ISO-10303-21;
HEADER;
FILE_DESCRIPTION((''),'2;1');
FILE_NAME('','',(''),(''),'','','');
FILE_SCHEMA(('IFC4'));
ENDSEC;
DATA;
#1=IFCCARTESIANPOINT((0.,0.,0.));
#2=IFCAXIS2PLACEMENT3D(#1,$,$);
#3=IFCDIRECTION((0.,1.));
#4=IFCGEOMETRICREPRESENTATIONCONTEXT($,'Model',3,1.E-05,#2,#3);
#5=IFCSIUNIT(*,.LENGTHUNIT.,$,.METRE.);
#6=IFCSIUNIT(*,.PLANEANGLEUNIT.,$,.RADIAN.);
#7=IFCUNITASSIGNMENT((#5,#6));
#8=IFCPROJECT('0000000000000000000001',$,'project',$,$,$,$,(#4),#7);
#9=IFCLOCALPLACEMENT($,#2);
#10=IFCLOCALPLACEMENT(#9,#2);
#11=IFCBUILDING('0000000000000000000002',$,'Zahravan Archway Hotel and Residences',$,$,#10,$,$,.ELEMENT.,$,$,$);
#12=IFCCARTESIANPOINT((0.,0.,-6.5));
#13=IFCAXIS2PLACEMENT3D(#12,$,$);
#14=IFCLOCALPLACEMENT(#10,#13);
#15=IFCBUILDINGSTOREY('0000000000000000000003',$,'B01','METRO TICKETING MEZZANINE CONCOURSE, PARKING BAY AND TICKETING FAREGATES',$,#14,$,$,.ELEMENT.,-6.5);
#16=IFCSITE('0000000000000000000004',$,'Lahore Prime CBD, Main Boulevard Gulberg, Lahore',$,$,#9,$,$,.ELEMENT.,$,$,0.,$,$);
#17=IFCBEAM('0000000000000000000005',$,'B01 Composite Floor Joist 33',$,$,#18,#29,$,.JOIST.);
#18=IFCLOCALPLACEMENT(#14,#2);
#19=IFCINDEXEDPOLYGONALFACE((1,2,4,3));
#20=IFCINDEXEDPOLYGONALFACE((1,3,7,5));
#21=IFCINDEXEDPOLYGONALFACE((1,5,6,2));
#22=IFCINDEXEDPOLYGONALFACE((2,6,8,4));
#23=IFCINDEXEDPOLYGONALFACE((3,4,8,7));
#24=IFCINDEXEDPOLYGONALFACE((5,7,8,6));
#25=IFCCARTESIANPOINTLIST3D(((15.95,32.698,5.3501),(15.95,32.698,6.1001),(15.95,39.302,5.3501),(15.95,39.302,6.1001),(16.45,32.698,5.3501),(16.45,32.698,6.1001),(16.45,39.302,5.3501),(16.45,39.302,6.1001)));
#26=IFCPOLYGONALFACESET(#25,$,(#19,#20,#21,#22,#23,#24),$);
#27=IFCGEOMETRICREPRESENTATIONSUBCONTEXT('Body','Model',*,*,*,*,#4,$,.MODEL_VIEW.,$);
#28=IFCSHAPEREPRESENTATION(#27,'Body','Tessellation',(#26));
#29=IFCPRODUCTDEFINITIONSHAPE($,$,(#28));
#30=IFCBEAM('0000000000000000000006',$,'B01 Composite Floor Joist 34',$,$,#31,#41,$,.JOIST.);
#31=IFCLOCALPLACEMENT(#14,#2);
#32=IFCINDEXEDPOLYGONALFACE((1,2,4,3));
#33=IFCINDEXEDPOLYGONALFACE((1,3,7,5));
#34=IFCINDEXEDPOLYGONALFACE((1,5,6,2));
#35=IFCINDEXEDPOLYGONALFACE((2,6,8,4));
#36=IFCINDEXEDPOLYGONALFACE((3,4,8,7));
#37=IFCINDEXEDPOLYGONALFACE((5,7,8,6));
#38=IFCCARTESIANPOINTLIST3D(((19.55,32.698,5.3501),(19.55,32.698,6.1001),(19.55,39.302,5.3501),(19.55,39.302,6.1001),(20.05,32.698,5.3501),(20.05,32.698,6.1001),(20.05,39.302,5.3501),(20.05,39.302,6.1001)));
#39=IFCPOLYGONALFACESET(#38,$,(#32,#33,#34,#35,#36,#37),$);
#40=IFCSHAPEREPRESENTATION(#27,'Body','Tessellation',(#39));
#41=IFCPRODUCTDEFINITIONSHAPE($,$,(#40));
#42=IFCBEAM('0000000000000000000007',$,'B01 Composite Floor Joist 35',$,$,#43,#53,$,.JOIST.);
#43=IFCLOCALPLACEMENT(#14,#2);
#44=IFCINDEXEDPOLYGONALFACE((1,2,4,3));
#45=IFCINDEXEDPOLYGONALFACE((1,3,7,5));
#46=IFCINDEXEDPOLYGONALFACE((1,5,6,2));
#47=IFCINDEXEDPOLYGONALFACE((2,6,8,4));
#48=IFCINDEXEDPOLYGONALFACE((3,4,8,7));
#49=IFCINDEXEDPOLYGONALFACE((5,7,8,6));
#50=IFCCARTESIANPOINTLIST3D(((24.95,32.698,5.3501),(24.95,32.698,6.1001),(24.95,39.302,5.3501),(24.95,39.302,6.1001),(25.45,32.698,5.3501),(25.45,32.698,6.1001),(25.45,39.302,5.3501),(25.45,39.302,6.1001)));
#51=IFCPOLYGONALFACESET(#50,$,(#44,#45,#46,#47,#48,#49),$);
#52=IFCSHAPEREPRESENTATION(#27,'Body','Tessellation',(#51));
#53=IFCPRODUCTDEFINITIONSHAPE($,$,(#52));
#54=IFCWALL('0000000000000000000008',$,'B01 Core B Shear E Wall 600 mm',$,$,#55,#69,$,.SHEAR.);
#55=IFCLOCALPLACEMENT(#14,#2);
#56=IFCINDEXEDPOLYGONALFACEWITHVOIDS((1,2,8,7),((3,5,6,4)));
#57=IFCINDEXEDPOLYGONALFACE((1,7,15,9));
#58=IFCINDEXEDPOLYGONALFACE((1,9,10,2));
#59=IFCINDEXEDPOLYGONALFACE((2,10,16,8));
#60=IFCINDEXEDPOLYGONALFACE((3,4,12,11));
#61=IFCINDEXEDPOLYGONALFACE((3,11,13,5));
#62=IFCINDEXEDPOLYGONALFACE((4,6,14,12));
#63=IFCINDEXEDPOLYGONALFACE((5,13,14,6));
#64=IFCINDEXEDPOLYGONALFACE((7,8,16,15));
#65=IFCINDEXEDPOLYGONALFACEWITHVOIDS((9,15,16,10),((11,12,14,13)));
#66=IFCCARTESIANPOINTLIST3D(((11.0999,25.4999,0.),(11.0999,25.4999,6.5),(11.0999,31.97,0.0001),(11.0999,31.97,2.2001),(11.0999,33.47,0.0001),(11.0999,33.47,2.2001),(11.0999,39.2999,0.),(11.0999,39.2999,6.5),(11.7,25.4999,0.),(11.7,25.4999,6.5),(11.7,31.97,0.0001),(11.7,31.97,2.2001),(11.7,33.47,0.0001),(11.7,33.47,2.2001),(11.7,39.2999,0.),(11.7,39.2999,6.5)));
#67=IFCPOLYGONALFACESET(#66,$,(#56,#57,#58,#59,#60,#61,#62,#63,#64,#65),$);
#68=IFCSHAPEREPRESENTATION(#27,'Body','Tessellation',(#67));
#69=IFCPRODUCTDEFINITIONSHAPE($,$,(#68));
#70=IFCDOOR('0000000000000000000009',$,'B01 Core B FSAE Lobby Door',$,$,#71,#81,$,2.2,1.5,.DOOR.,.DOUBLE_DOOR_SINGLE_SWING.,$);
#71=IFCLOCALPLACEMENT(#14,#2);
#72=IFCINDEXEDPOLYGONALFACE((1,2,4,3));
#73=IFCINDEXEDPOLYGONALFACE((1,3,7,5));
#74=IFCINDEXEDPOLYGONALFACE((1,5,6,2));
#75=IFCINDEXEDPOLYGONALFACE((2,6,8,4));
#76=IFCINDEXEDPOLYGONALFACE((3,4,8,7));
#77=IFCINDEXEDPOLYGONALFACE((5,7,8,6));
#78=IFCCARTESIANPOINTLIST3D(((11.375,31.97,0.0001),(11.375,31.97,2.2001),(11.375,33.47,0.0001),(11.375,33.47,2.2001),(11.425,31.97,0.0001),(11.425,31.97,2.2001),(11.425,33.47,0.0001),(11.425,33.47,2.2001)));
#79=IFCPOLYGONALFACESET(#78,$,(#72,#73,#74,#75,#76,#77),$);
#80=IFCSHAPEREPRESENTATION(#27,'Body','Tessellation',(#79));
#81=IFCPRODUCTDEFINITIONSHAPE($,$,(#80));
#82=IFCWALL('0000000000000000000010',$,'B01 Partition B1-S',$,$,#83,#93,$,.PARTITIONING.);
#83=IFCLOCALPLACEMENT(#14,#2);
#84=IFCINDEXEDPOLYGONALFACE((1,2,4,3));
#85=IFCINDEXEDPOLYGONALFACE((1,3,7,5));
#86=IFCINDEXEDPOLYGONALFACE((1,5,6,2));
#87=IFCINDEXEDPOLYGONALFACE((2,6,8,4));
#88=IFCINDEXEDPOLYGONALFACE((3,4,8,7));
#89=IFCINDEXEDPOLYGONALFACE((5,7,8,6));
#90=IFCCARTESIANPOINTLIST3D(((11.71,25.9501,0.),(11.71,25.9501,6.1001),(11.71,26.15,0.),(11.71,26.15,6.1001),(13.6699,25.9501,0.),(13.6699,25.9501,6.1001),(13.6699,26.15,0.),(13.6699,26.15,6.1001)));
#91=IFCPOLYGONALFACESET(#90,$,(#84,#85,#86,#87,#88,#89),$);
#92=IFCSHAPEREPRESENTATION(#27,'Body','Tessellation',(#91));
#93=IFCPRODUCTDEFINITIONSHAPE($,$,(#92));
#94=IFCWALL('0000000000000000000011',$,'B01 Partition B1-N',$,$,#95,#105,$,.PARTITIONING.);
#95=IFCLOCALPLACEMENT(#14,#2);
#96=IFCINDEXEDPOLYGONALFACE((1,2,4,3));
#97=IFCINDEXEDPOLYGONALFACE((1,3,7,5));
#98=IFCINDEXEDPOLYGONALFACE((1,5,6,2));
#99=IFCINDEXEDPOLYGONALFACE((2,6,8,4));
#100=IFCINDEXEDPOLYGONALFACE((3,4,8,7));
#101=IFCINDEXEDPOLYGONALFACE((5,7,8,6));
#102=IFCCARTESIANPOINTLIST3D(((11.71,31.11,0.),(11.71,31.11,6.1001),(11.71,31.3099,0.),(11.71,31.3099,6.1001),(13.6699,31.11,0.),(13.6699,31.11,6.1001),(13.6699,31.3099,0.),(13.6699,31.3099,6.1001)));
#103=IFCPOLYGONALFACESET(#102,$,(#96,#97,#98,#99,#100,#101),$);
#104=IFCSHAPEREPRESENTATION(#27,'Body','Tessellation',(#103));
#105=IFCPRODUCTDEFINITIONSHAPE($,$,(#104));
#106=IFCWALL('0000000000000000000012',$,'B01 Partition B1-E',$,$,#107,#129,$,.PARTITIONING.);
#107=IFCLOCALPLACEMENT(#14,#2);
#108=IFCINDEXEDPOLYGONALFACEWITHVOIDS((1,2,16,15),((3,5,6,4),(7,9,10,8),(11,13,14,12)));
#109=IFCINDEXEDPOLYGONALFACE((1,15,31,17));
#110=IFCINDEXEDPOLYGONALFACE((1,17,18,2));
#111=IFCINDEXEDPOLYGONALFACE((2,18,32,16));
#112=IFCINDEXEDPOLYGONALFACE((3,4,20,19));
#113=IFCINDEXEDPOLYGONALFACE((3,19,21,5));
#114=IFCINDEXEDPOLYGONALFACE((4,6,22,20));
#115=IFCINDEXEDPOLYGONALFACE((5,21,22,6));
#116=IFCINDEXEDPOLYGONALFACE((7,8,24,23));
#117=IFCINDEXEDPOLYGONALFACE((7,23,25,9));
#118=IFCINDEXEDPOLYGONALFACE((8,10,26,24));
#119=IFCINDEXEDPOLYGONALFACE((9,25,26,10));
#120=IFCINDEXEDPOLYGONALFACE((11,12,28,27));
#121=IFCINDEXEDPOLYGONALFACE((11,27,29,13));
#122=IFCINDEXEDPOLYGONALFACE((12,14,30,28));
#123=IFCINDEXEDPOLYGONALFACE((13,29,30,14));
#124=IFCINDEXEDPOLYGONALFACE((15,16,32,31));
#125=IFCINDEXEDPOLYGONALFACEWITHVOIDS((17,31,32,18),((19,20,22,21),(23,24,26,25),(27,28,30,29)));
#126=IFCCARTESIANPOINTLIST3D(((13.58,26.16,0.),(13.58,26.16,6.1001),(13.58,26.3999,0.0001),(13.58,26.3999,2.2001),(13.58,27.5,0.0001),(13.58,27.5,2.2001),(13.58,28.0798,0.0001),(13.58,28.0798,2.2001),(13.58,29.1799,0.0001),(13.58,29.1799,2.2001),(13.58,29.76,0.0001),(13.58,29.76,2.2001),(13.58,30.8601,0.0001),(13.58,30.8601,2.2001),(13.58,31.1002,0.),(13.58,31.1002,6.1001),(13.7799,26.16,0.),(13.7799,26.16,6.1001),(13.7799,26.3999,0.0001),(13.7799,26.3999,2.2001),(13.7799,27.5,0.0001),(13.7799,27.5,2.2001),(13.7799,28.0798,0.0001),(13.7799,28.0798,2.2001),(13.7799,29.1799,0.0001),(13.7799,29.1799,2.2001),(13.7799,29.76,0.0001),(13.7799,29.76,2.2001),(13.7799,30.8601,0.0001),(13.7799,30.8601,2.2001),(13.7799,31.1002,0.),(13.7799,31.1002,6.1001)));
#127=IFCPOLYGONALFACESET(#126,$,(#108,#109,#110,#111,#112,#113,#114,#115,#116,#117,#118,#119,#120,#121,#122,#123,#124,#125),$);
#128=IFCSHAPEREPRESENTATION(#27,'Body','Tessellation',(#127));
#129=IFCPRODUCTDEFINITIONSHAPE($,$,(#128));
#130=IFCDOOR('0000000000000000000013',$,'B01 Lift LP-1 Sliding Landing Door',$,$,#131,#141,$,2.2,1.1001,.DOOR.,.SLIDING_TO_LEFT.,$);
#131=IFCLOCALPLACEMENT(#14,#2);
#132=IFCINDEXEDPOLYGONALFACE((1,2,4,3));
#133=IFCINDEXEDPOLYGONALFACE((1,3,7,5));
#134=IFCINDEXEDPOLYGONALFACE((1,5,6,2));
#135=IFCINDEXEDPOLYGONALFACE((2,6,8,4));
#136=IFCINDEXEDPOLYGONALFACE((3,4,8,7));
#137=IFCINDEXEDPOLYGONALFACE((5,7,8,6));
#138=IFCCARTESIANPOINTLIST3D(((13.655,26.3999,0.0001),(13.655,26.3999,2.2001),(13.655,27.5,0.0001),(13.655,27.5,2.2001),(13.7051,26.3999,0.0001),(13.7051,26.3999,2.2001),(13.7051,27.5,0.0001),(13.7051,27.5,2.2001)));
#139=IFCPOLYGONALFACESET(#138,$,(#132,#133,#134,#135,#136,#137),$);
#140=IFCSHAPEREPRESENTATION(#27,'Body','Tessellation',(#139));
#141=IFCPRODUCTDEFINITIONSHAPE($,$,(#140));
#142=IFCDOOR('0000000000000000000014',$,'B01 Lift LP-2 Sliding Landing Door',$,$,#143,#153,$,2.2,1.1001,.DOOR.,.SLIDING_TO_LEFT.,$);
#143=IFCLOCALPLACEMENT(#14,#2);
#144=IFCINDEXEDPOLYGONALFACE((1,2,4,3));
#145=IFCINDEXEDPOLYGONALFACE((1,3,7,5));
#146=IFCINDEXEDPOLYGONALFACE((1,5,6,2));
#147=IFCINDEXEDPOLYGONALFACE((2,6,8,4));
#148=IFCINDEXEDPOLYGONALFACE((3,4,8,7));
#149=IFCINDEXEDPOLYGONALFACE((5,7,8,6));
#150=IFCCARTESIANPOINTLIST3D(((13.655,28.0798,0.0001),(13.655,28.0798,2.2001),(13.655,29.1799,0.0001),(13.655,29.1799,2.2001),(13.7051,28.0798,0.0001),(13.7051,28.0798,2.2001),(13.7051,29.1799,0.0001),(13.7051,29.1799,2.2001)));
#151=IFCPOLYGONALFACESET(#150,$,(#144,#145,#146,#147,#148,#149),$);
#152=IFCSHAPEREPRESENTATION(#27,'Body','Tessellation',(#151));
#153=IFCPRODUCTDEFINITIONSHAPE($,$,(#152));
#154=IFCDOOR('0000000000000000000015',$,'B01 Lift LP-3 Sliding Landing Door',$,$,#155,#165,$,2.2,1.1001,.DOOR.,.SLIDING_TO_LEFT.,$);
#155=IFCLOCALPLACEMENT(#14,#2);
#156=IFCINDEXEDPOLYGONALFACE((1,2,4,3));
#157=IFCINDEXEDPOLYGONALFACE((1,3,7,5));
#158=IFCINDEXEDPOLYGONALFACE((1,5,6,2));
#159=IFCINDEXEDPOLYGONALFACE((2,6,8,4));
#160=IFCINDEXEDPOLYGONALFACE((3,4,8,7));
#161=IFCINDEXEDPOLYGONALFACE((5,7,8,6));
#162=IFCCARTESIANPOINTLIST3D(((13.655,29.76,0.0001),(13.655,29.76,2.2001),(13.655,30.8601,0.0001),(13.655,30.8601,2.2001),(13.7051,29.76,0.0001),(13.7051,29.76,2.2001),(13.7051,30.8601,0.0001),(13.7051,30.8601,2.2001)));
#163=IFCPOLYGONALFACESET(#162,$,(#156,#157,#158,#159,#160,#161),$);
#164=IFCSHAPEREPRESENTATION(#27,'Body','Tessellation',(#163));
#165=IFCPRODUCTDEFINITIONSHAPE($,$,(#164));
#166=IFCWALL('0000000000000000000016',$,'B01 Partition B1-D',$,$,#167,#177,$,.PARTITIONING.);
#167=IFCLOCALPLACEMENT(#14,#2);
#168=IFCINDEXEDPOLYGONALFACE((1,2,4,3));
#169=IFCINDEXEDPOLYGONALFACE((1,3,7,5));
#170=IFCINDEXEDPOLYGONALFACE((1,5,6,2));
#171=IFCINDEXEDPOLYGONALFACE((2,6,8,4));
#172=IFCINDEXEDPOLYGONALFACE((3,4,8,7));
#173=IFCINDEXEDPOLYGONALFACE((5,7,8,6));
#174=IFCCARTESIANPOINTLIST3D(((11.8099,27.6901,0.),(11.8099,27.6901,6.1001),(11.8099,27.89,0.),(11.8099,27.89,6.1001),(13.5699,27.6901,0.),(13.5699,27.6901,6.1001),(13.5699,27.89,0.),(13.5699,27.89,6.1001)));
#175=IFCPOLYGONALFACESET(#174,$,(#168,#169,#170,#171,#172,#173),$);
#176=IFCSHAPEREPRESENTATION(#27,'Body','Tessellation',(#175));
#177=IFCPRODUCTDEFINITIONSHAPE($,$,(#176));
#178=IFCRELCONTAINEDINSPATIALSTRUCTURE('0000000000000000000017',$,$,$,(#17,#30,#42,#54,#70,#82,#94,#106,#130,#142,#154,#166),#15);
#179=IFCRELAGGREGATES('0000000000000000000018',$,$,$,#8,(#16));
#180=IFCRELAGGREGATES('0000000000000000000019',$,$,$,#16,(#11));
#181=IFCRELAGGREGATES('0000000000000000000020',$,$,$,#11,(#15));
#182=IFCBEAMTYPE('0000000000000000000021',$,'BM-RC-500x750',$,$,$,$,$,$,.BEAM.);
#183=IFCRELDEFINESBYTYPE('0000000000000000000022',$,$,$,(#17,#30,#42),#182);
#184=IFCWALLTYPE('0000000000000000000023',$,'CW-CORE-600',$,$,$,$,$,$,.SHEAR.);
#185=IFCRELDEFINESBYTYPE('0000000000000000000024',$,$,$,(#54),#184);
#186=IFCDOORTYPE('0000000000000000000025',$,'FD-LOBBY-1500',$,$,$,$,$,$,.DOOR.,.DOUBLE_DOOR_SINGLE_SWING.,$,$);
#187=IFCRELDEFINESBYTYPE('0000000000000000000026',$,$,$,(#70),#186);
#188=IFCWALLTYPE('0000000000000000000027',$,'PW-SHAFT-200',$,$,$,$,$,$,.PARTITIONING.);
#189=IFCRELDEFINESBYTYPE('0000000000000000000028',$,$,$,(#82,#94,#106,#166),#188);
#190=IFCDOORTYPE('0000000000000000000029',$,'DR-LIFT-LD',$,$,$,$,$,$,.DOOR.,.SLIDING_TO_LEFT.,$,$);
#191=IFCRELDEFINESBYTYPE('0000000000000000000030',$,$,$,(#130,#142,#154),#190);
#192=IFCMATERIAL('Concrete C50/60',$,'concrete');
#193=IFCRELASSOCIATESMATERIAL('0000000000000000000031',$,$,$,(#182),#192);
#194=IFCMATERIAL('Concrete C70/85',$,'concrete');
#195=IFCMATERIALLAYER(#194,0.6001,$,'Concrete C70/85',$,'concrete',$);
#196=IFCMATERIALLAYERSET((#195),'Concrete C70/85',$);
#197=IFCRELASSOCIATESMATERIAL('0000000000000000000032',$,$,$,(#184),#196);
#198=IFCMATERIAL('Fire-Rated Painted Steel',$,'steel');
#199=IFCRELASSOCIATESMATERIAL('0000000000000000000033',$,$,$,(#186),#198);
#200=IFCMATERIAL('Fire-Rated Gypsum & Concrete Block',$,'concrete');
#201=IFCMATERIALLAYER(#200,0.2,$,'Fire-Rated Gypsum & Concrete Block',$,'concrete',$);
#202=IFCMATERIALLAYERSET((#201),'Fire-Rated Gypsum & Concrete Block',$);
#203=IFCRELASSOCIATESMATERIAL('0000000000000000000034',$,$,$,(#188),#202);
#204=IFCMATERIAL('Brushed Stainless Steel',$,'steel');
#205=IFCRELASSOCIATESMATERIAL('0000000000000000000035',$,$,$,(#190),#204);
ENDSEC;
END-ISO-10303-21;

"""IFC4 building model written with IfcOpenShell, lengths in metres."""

from ifc_helpers import new_model, si_unit, direction, frame, frame_2d, origin, origin_2d, place, context, subcontext, project, spatial, rectangle, extrude, source, transform, mapped, material, layer, layer_set, material_profile, profile_set, type_object, type_shapes, element, fill, save


model = new_model("IFC4")

# Units and contexts
model_context = context("Model", 3, precision=1e-05, world=origin(), true_north=direction((0.0, 1.0)))
body_context = subcontext(model_context, "Body", "Model", "MODEL_VIEW")
ifc_project = project(units=[si_unit("LENGTHUNIT", "METRE"), si_unit("PLANEANGLEUNIT", "RADIAN")], contexts=[model_context])

# Site, building, storey
site_placement = place(None, origin())
site = spatial("IfcSite", under=ifc_project, at=site_placement, Name="Lahore Prime CBD, Main Boulevard Gulberg, Lahore", CompositionType="ELEMENT", RefElevation=0.0)
building_placement = place(site_placement, origin())
building = spatial("IfcBuilding", under=site, at=building_placement, Name="Zahravan Archway Hotel and Residences", CompositionType="ELEMENT")
storey_placement = place(building_placement, frame((0.0, 0.0, -6.5)))
storey = spatial("IfcBuildingStorey", under=building, at=storey_placement, Name="B01", Description="METRO TICKETING MEZZANINE CONCOURSE, PARKING BAY AND TICKETING FAREGATES", CompositionType="ELEMENT", Elevation=-6.5)

# Shared definitions
ifc_material_1 = material(Name="Concrete C70/85", Category="concrete")

# Beams
ifc_material_2 = material(Name="Concrete C50/60", Category="concrete")
ifc_material_profile_1 = material_profile(ifc_material_2, rectangle(XDim=0.5, YDim=0.75, at=origin_2d()), Name="RC-BM-500x750", Category="concrete")
ifc_profile_set_1 = profile_set([ifc_material_profile_1], Name="Concrete C50/60")
beam_type_1 = type_object("IfcBeamType", Name="BM-RC-500x750", PredefinedType="BEAM", material=ifc_profile_set_1)
shared_shape_1 = source(origin(), body_context, "Body", "SweptSolid", [
    extrude(rectangle(XDim=0.5, YDim=0.75, at=origin_2d()), origin(), (0.0, 0.0, 1.0), 6.604),
])
type_shapes(beam_type_1, [shared_shape_1])
for number, where, z_axis, x_axis, name in (
    (1, (16.2, 32.698, 5.7251), (0.0, 1.0, 0.0), (-1.0, 0.0, 0.0), "B01 Composite Floor Joist 33"),
    (2, (19.8, 32.698, 5.7251), (0.0, 1.0, 0.0), (-1.0, 0.0, 0.0), "B01 Composite Floor Joist 34"),
    (3, (25.2, 32.698, 5.7251), (0.0, 1.0, 0.0), (-1.0, 0.0, 0.0), "B01 Composite Floor Joist 35"),
):
    element("IfcBeam", number, at=place(storey_placement, frame(where, z_axis=z_axis, x_axis=x_axis)), inside=storey, type_object=beam_type_1, Name=name, PredefinedType="JOIST", context=body_context, shape_type="MappedRepresentation", body=[
        mapped(shared_shape_1, transform((0.0, 0.0, 0.0), scale=1.0)),
    ])

# Wall, opening, door
ifc_layer_1 = layer(ifc_material_1, 0.6001, Name="Concrete C70/85", Category="concrete")
ifc_layer_set_1 = layer_set([ifc_layer_1], Name="Concrete C70/85")
wall_type_1 = type_object("IfcWallType", Name="CW-CORE-600", PredefinedType="SHEAR", material=ifc_layer_set_1)
wall_1_placement = place(storey_placement, frame((11.3999, 25.5, 0.0), z_axis=(0.0, 0.0, 1.0), x_axis=(0.0, 1.0, 0.0)))
wall_1 = element("IfcWall", 4, at=wall_1_placement, inside=storey, type_object=wall_type_1, Name="B01 Core B Shear E Wall 600 mm", PredefinedType="SHEAR", context=body_context, shape_type="SweptSolid", body=[
    extrude(rectangle(XDim=13.8, YDim=0.6001, at=frame_2d((6.8999, 0.0))), origin(), (0.0, 0.0, 1.0), 6.5),
])
opening_1_placement = place(wall_1_placement, frame((6.47, 0.0, 0.0)))
opening_1 = element("IfcOpeningElement", 5, at=opening_1_placement, cuts=wall_1, PredefinedType="OPENING", context=body_context, shape_type="SweptSolid", body=[
    extrude(rectangle(XDim=1.5, YDim=2.2, at=frame_2d((0.75, 1.1001))), frame((0.0, 0.3101, 0.0), z_axis=(0.0, -1.0, 0.0), x_axis=(1.0, 0.0, 0.0)), (0.0, 0.0, 1.0), 0.6201),
])
ifc_material_3 = material(Name="Fire-Rated Painted Steel", Category="steel")
door_type_1 = type_object("IfcDoorType", Name="FD-LOBBY-1500", OperationType="DOUBLE_DOOR_SINGLE_SWING", PredefinedType="DOOR", material=ifc_material_3)
shared_shape_2 = source(origin(), body_context, "Body", "SweptSolid", [
    extrude(rectangle(XDim=1.5, YDim=2.2, at=frame_2d((0.75, 1.1001))), frame((0.0, 0.0249, 0.0), z_axis=(0.0, -1.0, 0.0), x_axis=(1.0, 0.0, 0.0)), (0.0, 0.0, 1.0), 0.05),
])
type_shapes(door_type_1, [shared_shape_2])
door_1_placement = place(opening_1_placement, origin())
door_1 = element("IfcDoor", 6, at=door_1_placement, inside=storey, type_object=door_type_1, Name="B01 Core B FSAE Lobby Door", OperationType="DOUBLE_DOOR_SINGLE_SWING", OverallHeight=2.2, OverallWidth=1.5, PredefinedType="DOOR", context=body_context, shape_type="MappedRepresentation", body=[
    mapped(shared_shape_2, transform((0.0, 0.0, 0.0), scale=1.0)),
])
fill(opening_1, door_1)

# Walls
ifc_material_4 = material(Name="Fire-Rated Gypsum & Concrete Block", Category="concrete")
ifc_layer_2 = layer(ifc_material_4, 0.2, Name="Fire-Rated Gypsum & Concrete Block", Category="concrete")
ifc_layer_set_2 = layer_set([ifc_layer_2], Name="Fire-Rated Gypsum & Concrete Block")
wall_type_2 = type_object("IfcWallType", Name="PW-SHAFT-200", PredefinedType="PARTITIONING", material=ifc_layer_set_2)
for number, where, z_axis, x_axis, name in (
    (7, (11.71, 26.05, 0.0), (0.0, 0.0, 1.0), (1.0, 0.0, 0.0), "B01 Partition B1-S"),
    (8, (11.71, 31.21, 0.0), (0.0, 0.0, 1.0), (1.0, 0.0, 0.0), "B01 Partition B1-N"),
):
    element("IfcWall", number, at=place(storey_placement, frame(where, z_axis=z_axis, x_axis=x_axis)), inside=storey, type_object=wall_type_2, Name=name, PredefinedType="PARTITIONING", context=body_context, shape_type="SweptSolid", body=[
        extrude(rectangle(XDim=1.96, YDim=0.2, at=frame_2d((0.98, 0.0))), origin(), (0.0, 0.0, 1.0), 6.1001),
    ])

# Wall, openings, doors
wall_2_placement = place(storey_placement, frame((13.6799, 26.1599, 0.0), z_axis=(0.0, 0.0, 1.0), x_axis=(0.0, 1.0, 0.0)))
wall_2 = element("IfcWall", 9, at=wall_2_placement, inside=storey, type_object=wall_type_2, Name="B01 Partition B1-E", PredefinedType="PARTITIONING", context=body_context, shape_type="SweptSolid", body=[
    extrude(rectangle(XDim=4.9402, YDim=0.2, at=frame_2d((2.4702, 0.0))), origin(), (0.0, 0.0, 1.0), 6.1001),
])
opening_2_placement = place(wall_2_placement, frame((0.24, 0.0, 0.0)))
opening_2 = element("IfcOpeningElement", 10, at=opening_2_placement, cuts=wall_2, PredefinedType="OPENING", context=body_context, shape_type="SweptSolid", body=[
    extrude(rectangle(XDim=1.1001, YDim=2.2, at=frame_2d((0.55, 1.1001))), frame((0.0, 0.1099, 0.0), z_axis=(0.0, -1.0, 0.0), x_axis=(1.0, 0.0, 0.0)), (0.0, 0.0, 1.0), 0.22),
])
opening_3_placement = place(wall_2_placement, frame((1.9199, 0.0, 0.0)))
opening_3 = element("IfcOpeningElement", 11, at=opening_3_placement, cuts=wall_2, PredefinedType="OPENING", context=body_context, shape_type="SweptSolid", body=[
    extrude(rectangle(XDim=1.1001, YDim=2.2, at=frame_2d((0.55, 1.1001))), frame((0.0, 0.1099, 0.0), z_axis=(0.0, -1.0, 0.0), x_axis=(1.0, 0.0, 0.0)), (0.0, 0.0, 1.0), 0.22),
])
opening_4_placement = place(wall_2_placement, frame((3.6001, 0.0, 0.0)))
opening_4 = element("IfcOpeningElement", 12, at=opening_4_placement, cuts=wall_2, PredefinedType="OPENING", context=body_context, shape_type="SweptSolid", body=[
    extrude(rectangle(XDim=1.1001, YDim=2.2, at=frame_2d((0.55, 1.1001))), frame((0.0, 0.1099, 0.0), z_axis=(0.0, -1.0, 0.0), x_axis=(1.0, 0.0, 0.0)), (0.0, 0.0, 1.0), 0.22),
])
ifc_material_5 = material(Name="Brushed Stainless Steel", Category="steel")
door_type_2 = type_object("IfcDoorType", Name="DR-LIFT-LD", OperationType="SLIDING_TO_LEFT", PredefinedType="DOOR", material=ifc_material_5)
shared_shape_3 = source(origin(), body_context, "Body", "SweptSolid", [
    extrude(rectangle(XDim=1.1001, YDim=2.2, at=frame_2d((0.55, 1.1001))), frame((0.0, 0.0249, 0.0), z_axis=(0.0, -1.0, 0.0), x_axis=(1.0, 0.0, 0.0)), (0.0, 0.0, 1.0), 0.05),
])
type_shapes(door_type_2, [shared_shape_3])
door_2_placement = place(opening_2_placement, origin())
door_2 = element("IfcDoor", 13, at=door_2_placement, inside=storey, type_object=door_type_2, Name="B01 Lift LP-1 Sliding Landing Door", OperationType="SLIDING_TO_LEFT", OverallHeight=2.2, OverallWidth=1.1001, PredefinedType="DOOR", context=body_context, shape_type="MappedRepresentation", body=[
    mapped(shared_shape_3, transform((0.0, 0.0, 0.0), scale=1.0)),
])
fill(opening_2, door_2)
door_3_placement = place(opening_3_placement, origin())
door_3 = element("IfcDoor", 14, at=door_3_placement, inside=storey, type_object=door_type_2, Name="B01 Lift LP-2 Sliding Landing Door", OperationType="SLIDING_TO_LEFT", OverallHeight=2.2, OverallWidth=1.1001, PredefinedType="DOOR", context=body_context, shape_type="MappedRepresentation", body=[
    mapped(shared_shape_3, transform((0.0, 0.0, 0.0), scale=1.0)),
])
fill(opening_3, door_3)
door_4_placement = place(opening_4_placement, origin())
door_4 = element("IfcDoor", 15, at=door_4_placement, inside=storey, type_object=door_type_2, Name="B01 Lift LP-3 Sliding Landing Door", OperationType="SLIDING_TO_LEFT", OverallHeight=2.2, OverallWidth=1.1001, PredefinedType="DOOR", context=body_context, shape_type="MappedRepresentation", body=[
    mapped(shared_shape_3, transform((0.0, 0.0, 0.0), scale=1.0)),
])
fill(opening_4, door_4)

# Wall
for number, where, z_axis, x_axis, name in (
    (16, (11.8101, 27.79, 0.0), (0.0, 0.0, 1.0), (1.0, 0.0, 0.0), "B01 Partition B1-D"),
):
    element("IfcWall", number, at=place(storey_placement, frame(where, z_axis=z_axis, x_axis=x_axis)), inside=storey, type_object=wall_type_2, Name=name, PredefinedType="PARTITIONING", context=body_context, shape_type="SweptSolid", body=[
        extrude(rectangle(XDim=1.76, YDim=0.2, at=frame_2d((0.8799, 0.0))), origin(), (0.0, 0.0, 1.0), 6.1001),
    ])

save(model, "model.ifc")
